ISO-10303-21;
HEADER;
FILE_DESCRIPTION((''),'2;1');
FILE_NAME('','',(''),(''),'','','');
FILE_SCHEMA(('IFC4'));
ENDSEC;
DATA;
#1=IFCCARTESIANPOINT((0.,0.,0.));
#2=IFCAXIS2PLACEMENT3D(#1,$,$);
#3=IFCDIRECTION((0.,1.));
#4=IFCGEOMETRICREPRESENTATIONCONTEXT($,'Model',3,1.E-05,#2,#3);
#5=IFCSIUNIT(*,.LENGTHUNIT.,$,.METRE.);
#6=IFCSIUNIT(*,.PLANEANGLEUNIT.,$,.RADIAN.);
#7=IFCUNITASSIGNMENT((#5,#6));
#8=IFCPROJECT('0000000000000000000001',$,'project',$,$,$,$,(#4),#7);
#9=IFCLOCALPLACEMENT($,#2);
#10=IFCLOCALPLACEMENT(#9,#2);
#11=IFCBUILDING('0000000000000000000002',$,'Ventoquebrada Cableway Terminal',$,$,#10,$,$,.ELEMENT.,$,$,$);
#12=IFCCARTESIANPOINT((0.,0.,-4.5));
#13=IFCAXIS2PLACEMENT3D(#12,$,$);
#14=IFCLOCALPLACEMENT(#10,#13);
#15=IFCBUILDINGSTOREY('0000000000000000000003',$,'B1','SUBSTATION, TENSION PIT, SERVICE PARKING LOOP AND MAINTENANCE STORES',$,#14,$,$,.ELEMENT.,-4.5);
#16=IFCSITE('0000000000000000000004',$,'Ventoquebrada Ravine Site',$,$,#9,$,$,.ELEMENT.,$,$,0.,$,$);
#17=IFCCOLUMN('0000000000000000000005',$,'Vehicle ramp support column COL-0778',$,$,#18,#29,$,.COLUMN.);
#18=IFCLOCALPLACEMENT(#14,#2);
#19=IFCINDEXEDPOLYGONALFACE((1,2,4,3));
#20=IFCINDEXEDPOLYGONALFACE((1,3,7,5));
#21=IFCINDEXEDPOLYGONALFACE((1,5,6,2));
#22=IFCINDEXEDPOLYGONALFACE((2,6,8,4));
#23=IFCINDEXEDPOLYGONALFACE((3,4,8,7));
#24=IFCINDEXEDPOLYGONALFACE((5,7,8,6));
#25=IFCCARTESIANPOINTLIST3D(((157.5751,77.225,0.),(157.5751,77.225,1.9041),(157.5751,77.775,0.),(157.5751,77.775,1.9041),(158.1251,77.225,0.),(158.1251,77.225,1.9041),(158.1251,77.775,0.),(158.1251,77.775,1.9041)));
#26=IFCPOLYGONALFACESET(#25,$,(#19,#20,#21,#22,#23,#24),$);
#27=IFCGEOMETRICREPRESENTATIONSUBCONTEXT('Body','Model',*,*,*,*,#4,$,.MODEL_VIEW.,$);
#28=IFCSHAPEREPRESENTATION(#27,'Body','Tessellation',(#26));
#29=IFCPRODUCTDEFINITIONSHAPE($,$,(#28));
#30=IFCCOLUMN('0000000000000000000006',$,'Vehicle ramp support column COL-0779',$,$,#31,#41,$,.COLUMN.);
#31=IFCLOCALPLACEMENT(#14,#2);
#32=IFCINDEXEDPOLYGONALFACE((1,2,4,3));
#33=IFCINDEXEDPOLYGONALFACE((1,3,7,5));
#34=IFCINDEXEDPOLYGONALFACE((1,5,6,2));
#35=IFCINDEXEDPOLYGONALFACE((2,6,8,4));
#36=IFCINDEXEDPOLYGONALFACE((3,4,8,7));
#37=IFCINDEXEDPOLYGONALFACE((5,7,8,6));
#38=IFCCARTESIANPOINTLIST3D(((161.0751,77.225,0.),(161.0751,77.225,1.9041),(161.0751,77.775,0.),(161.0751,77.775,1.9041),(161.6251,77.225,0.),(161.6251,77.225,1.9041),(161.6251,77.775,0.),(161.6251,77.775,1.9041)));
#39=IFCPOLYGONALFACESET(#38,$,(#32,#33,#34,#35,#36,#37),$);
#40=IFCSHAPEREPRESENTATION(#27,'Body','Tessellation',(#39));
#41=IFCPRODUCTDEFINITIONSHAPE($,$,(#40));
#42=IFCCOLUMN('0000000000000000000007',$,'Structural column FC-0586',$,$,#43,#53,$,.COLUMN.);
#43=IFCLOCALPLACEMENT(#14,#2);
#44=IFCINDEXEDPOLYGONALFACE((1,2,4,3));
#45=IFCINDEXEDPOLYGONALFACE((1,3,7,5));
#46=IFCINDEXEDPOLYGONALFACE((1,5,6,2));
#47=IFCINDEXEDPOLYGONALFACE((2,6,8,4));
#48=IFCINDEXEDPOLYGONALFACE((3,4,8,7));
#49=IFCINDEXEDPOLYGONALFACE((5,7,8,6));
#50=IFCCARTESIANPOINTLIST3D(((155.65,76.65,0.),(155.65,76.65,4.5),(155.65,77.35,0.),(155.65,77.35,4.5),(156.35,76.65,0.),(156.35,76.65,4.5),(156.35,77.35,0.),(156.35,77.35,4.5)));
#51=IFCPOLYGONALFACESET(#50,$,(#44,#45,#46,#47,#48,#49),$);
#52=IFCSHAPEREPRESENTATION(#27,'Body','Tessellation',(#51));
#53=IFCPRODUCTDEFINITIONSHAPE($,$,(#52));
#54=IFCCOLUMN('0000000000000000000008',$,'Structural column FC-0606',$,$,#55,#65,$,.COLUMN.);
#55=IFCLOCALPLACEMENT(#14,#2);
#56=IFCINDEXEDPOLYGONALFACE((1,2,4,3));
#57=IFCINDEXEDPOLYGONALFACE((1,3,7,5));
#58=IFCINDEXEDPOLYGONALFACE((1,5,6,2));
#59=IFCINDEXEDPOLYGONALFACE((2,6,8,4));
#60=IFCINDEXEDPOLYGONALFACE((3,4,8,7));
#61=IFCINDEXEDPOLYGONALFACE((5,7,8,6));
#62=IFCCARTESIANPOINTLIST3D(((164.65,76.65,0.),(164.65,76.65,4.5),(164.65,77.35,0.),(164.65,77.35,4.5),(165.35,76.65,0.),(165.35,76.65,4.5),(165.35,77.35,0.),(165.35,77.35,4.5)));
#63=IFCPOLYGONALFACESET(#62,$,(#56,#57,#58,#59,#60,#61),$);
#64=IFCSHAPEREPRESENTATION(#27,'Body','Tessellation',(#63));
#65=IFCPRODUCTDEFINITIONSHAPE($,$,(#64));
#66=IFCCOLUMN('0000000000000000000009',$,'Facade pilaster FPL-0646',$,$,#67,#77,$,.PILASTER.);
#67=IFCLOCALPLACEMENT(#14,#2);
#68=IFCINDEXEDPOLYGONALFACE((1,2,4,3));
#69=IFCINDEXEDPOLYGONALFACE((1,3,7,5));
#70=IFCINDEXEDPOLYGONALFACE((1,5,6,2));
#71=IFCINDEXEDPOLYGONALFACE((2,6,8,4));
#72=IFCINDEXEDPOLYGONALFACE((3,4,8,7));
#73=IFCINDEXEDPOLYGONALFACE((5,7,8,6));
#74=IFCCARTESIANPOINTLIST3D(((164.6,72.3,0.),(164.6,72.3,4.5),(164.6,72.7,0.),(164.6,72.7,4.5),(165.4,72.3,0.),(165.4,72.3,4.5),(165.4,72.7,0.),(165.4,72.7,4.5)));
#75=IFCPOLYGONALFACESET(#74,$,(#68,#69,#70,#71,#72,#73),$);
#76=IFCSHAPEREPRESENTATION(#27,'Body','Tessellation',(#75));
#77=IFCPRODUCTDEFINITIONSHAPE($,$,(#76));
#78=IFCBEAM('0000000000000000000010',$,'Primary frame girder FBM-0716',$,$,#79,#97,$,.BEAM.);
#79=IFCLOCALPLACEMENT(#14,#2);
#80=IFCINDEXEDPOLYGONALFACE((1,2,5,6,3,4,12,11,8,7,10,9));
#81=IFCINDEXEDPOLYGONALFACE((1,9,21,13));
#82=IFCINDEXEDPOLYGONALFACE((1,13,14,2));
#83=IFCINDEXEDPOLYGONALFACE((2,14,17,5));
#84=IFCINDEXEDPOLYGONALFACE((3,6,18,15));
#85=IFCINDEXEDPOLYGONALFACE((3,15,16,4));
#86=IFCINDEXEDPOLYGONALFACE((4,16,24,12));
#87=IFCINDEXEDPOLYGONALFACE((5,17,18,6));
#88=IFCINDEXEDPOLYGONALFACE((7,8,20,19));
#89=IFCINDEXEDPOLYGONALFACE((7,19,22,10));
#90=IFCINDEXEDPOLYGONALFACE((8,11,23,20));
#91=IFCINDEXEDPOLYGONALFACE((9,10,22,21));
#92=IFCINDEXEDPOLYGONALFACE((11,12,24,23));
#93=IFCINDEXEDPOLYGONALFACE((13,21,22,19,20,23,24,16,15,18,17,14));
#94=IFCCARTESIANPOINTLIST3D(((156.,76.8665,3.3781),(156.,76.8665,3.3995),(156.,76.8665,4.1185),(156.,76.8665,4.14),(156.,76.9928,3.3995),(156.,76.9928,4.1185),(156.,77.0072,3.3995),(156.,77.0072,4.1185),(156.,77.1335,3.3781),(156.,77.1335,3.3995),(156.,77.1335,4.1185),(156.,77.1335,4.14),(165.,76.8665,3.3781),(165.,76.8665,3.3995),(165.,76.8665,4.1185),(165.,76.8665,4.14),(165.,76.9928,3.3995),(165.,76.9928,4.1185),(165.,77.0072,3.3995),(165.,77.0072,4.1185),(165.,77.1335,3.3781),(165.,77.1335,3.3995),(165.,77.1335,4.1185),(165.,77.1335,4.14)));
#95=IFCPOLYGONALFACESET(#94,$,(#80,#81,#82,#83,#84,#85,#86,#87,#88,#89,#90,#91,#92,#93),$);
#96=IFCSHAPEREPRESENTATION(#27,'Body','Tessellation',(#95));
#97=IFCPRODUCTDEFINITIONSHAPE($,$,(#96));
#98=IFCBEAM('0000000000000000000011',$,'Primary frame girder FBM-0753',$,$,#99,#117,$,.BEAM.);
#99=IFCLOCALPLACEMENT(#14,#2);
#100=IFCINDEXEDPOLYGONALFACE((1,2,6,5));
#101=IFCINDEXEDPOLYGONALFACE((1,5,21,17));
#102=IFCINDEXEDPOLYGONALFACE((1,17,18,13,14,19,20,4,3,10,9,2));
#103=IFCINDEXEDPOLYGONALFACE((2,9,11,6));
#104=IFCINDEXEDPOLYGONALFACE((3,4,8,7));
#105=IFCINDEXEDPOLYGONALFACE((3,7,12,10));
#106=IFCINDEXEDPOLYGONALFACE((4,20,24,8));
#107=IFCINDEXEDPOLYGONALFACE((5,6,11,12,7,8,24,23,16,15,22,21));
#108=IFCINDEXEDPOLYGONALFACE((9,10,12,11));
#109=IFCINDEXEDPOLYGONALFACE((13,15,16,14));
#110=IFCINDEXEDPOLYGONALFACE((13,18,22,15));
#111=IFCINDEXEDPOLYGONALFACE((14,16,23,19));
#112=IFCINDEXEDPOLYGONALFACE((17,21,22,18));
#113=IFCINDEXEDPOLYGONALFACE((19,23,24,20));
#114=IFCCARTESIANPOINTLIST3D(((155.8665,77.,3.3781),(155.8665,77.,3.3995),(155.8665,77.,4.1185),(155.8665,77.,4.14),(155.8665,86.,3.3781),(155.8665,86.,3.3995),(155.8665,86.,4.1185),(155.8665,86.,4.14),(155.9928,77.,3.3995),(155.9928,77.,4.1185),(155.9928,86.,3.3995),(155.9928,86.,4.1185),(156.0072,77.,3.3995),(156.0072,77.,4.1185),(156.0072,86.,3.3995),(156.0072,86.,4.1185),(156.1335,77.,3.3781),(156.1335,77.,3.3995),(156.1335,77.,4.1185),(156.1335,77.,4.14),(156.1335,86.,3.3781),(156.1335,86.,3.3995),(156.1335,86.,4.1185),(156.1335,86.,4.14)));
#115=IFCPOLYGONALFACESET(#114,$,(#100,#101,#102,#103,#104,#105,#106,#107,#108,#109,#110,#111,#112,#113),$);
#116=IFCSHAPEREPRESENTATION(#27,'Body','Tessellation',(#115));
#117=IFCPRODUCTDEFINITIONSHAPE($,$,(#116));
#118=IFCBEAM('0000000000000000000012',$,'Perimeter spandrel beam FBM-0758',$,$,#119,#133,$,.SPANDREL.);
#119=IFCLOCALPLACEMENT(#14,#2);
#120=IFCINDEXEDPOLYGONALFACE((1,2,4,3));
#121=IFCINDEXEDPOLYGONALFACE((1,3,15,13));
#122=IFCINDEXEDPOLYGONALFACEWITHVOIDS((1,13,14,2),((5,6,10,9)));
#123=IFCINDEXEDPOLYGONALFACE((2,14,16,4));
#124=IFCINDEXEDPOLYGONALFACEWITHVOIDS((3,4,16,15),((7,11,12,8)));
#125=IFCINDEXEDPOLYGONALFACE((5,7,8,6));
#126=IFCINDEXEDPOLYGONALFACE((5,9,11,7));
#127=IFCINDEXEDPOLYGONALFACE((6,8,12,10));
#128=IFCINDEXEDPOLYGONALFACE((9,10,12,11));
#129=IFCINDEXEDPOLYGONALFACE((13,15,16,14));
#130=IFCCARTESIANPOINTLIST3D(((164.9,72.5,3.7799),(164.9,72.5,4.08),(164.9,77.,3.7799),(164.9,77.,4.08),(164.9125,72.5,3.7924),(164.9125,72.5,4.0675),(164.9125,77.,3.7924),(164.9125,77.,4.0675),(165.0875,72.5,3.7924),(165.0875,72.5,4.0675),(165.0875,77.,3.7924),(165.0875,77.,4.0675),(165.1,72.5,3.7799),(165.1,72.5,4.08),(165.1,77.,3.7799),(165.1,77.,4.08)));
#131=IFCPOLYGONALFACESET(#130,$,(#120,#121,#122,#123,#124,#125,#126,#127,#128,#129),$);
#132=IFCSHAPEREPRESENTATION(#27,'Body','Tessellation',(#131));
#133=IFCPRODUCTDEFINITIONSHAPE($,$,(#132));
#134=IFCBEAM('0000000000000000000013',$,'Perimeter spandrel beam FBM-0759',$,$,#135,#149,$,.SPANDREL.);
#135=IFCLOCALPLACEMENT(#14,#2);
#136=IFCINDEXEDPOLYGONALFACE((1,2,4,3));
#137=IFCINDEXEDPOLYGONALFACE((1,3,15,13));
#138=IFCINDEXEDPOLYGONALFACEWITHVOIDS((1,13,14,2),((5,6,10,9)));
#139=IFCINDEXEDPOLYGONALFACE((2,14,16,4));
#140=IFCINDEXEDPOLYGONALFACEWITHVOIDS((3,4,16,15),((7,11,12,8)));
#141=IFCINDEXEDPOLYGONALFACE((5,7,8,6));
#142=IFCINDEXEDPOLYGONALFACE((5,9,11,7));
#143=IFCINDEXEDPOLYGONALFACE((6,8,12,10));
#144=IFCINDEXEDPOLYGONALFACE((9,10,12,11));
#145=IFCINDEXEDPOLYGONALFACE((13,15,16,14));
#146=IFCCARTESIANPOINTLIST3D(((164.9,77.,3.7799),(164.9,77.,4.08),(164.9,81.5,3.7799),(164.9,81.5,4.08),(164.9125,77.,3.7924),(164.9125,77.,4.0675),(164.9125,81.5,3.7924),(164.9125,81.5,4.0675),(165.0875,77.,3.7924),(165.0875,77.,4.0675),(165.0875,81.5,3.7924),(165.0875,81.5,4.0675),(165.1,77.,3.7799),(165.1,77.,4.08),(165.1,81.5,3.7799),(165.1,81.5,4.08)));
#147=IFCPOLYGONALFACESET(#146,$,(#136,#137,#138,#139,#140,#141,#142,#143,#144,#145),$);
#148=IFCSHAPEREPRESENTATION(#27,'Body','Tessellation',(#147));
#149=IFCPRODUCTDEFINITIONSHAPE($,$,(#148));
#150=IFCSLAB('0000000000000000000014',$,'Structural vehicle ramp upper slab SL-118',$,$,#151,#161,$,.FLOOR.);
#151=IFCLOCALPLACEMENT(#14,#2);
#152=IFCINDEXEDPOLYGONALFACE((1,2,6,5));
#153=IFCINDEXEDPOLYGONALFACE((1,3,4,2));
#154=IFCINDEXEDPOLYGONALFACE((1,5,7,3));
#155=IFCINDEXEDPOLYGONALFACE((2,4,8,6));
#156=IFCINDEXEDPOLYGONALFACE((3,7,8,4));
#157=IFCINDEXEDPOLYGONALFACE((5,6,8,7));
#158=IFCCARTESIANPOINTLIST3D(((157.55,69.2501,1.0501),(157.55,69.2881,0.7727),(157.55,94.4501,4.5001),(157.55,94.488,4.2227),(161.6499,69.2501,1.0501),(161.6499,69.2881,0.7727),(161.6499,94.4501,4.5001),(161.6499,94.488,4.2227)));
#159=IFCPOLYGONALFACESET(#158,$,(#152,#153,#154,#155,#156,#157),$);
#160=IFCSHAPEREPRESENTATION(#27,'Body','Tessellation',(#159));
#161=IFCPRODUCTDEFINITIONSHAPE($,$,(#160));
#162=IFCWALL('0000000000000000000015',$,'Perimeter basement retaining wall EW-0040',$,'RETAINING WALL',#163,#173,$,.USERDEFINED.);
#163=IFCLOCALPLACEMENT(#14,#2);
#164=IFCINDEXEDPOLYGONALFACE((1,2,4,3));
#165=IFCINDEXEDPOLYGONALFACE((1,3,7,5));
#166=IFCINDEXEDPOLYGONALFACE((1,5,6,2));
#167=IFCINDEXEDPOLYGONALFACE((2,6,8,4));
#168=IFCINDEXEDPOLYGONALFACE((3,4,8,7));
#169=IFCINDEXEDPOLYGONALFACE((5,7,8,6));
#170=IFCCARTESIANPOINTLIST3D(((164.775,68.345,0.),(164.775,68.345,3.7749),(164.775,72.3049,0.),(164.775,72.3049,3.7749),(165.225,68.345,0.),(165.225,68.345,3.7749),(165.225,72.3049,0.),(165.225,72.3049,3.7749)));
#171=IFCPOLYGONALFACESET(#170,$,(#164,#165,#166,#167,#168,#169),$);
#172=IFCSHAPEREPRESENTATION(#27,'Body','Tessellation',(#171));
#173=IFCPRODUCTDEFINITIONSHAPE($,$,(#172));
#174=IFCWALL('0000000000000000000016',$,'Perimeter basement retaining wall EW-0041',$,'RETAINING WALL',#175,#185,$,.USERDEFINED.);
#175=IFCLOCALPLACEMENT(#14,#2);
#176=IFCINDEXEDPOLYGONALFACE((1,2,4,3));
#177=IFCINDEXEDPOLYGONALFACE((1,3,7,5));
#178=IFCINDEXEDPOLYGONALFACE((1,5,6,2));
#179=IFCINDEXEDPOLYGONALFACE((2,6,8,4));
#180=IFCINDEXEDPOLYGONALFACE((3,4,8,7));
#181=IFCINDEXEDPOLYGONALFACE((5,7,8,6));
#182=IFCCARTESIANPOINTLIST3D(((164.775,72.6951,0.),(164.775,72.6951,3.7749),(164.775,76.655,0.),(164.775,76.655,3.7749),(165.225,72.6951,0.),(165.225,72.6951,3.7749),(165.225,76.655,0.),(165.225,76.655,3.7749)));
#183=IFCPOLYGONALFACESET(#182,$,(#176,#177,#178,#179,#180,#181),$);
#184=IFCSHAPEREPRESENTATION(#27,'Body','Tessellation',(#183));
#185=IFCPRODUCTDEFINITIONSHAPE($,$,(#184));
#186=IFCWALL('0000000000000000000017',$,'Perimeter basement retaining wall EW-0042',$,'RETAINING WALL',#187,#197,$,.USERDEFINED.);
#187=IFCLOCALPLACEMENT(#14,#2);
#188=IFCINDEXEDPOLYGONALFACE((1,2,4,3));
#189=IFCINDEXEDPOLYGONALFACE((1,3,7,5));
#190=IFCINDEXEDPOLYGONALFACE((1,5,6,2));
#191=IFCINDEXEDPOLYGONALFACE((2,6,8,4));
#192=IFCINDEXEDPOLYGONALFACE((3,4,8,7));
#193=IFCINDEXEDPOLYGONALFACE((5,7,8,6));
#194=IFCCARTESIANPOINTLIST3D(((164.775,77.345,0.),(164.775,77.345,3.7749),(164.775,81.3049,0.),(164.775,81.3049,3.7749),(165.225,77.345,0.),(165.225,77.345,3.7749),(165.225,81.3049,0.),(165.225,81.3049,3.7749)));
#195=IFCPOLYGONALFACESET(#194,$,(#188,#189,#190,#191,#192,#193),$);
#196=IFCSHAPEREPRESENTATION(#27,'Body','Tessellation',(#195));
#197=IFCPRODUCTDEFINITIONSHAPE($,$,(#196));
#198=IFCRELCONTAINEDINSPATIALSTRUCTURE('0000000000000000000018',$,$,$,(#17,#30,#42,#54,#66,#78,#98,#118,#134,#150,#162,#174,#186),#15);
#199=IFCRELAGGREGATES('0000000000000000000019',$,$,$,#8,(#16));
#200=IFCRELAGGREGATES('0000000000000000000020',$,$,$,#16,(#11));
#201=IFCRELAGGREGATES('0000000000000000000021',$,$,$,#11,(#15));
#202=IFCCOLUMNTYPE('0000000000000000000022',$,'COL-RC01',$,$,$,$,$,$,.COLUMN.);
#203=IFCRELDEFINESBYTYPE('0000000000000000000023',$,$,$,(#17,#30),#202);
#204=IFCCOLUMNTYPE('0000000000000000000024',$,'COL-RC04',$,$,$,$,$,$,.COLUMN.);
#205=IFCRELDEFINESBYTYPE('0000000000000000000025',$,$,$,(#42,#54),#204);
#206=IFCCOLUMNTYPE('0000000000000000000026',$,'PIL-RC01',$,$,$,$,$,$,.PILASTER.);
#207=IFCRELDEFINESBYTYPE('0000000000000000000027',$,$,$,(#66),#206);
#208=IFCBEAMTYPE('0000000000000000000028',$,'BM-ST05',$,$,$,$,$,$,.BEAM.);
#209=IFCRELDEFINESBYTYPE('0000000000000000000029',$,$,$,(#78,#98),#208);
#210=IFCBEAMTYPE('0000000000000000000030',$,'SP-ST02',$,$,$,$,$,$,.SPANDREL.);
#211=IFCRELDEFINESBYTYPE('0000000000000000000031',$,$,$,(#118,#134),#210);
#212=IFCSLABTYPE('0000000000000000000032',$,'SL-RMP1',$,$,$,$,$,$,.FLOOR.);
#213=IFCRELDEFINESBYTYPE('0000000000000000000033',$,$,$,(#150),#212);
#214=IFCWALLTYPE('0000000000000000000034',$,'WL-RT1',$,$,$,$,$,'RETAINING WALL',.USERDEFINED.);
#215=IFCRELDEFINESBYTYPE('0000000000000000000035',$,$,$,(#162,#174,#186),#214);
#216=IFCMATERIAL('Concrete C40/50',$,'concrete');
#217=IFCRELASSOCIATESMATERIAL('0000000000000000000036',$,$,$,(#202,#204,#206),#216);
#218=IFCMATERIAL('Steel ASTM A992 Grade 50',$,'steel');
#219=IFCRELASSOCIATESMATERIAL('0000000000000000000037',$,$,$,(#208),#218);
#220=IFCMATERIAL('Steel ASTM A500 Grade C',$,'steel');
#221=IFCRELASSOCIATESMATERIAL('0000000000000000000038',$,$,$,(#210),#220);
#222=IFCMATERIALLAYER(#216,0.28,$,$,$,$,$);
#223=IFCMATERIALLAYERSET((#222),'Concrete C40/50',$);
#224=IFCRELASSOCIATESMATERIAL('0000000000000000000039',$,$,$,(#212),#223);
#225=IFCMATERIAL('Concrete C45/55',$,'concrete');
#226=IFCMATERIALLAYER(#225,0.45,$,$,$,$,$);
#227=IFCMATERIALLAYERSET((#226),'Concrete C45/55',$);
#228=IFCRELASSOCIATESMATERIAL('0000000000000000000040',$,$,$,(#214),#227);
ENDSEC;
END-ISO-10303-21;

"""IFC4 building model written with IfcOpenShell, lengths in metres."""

from ifc_helpers import new_model, si_unit, direction, frame, frame_2d, origin, origin_2d, place, context, subcontext, project, spatial, polyline, rectangle, hollow_rectangle, i_section, outline, extrude, material, layer, layer_set, material_profile, profile_set, type_object, element, save


model = new_model("IFC4")

# Units and contexts
model_context = context("Model", 3, precision=1e-05, world=origin(), true_north=direction((0.0, 1.0)))
body_context = subcontext(model_context, "Body", "Model", "MODEL_VIEW")
ifc_project = project(units=[si_unit("LENGTHUNIT", "METRE"), si_unit("PLANEANGLEUNIT", "RADIAN")], contexts=[model_context])

# Site, building, storey
site_placement = place(None, origin())
site = spatial("IfcSite", under=ifc_project, at=site_placement, Name="Ventoquebrada Ravine Site", CompositionType="ELEMENT", RefElevation=0.0)
building_placement = place(site_placement, origin())
building = spatial("IfcBuilding", under=site, at=building_placement, Name="Ventoquebrada Cableway Terminal", CompositionType="ELEMENT")
storey_placement = place(building_placement, frame((0.0, 0.0, -4.5)))
storey = spatial("IfcBuildingStorey", under=building, at=storey_placement, Name="B1", Description="SUBSTATION, TENSION PIT, SERVICE PARKING LOOP AND MAINTENANCE STORES", CompositionType="ELEMENT", Elevation=-4.5)

# Shared definitions
ifc_material_1 = material(Name="Concrete C40/50", Category="concrete")

# Columns
ifc_material_profile_1 = material_profile(ifc_material_1, rectangle(XDim=0.55, YDim=0.55, at=origin_2d()), Name="RC-COL-550X550")
ifc_profile_set_1 = profile_set([ifc_material_profile_1], Name="Concrete C40/50")
column_type_1 = type_object("IfcColumnType", Name="COL-RC01", PredefinedType="COLUMN", material=ifc_profile_set_1)
for number, where, z_axis, x_axis, name in (
    (1, (157.8501, 77.5, 0.0), (0.0, 0.0, 1.0), (1.0, 0.0, 0.0), "Vehicle ramp support column COL-0778"),
    (2, (161.3501, 77.5, 0.0), (0.0, 0.0, 1.0), (1.0, 0.0, 0.0), "Vehicle ramp support column COL-0779"),
):
    element("IfcColumn", number, at=place(storey_placement, frame(where, z_axis=z_axis, x_axis=x_axis)), inside=storey, type_object=column_type_1, Name=name, PredefinedType="COLUMN", context=body_context, shape_type="SweptSolid", body=[
        extrude(rectangle(XDim=0.55, YDim=0.55, at=origin_2d()), origin(), (0.0, 0.0, 1.0), 1.9041),
    ])
ifc_material_profile_2 = material_profile(ifc_material_1, rectangle(XDim=0.7, YDim=0.7, at=origin_2d()), Name="RC-COL-700X700")
ifc_profile_set_2 = profile_set([ifc_material_profile_2], Name="Concrete C40/50")
column_type_2 = type_object("IfcColumnType", Name="COL-RC04", PredefinedType="COLUMN", material=ifc_profile_set_2)
for number, where, z_axis, x_axis, name in (
    (3, (156.0, 77.0, 0.0), (0.0, 0.0, 1.0), (1.0, 0.0, 0.0), "Structural column FC-0586"),
    (4, (165.0, 77.0, 0.0), (0.0, 0.0, 1.0), (1.0, 0.0, 0.0), "Structural column FC-0606"),
):
    element("IfcColumn", number, at=place(storey_placement, frame(where, z_axis=z_axis, x_axis=x_axis)), inside=storey, type_object=column_type_2, Name=name, PredefinedType="COLUMN", context=body_context, shape_type="SweptSolid", body=[
        extrude(rectangle(XDim=0.7, YDim=0.7, at=origin_2d()), origin(), (0.0, 0.0, 1.0), 4.5),
    ])
ifc_material_profile_3 = material_profile(ifc_material_1, rectangle(XDim=0.3999, YDim=0.8, at=origin_2d()), Name="RC-PIL-400X800")
ifc_profile_set_3 = profile_set([ifc_material_profile_3], Name="Concrete C40/50")
column_type_3 = type_object("IfcColumnType", Name="PIL-RC01", PredefinedType="PILASTER", material=ifc_profile_set_3)
column_placement = place(storey_placement, frame((165.0, 72.5, 0.0), z_axis=(0.0, 0.0, 1.0), x_axis=(0.0, 1.0, 0.0)))
element("IfcColumn", 5, at=column_placement, inside=storey, type_object=column_type_3, Name="Facade pilaster FPL-0646", PredefinedType="PILASTER", context=body_context, shape_type="SweptSolid", body=[
    extrude(rectangle(XDim=0.3999, YDim=0.8, at=origin_2d()), origin(), (0.0, 0.0, 1.0), 4.5),
])

# Beams
ifc_material_2 = material(Name="Steel ASTM A992 Grade 50", Category="steel")
ifc_material_profile_4 = material_profile(ifc_material_2, i_section(OverallWidth=0.2671, OverallDepth=0.762, WebThickness=0.0144, FlangeThickness=0.0215, at=origin_2d()), Name="W30X116")
ifc_profile_set_4 = profile_set([ifc_material_profile_4], Name="Steel ASTM A992 Grade 50")
beam_type_1 = type_object("IfcBeamType", Name="BM-ST05", PredefinedType="BEAM", material=ifc_profile_set_4)
for number, where, z_axis, x_axis, name in (
    (6, (156.0, 77.0, 3.759), (1.0, 0.0, 0.0), (0.0, 1.0, 0.0), "Primary frame girder FBM-0716"),
    (7, (156.0, 77.0, 3.759), (0.0, 1.0, 0.0), (-1.0, 0.0, 0.0), "Primary frame girder FBM-0753"),
):
    element("IfcBeam", number, at=place(storey_placement, frame(where, z_axis=z_axis, x_axis=x_axis)), inside=storey, type_object=beam_type_1, Name=name, PredefinedType="BEAM", context=body_context, shape_type="SweptSolid", body=[
        extrude(i_section(OverallWidth=0.2671, OverallDepth=0.762, WebThickness=0.0144, FlangeThickness=0.0215, at=origin_2d()), origin(), (0.0, 0.0, 1.0), 9.0),
    ])
ifc_material_3 = material(Name="Steel ASTM A500 Grade C", Category="steel")
ifc_material_profile_5 = material_profile(ifc_material_3, hollow_rectangle(XDim=0.2, YDim=0.3, WallThickness=0.0125, at=origin_2d()), Name="RHS300X200X12.5")
ifc_profile_set_5 = profile_set([ifc_material_profile_5], Name="Steel ASTM A500 Grade C")
beam_type_2 = type_object("IfcBeamType", Name="SP-ST02", PredefinedType="SPANDREL", material=ifc_profile_set_5)
for number, where, z_axis, x_axis, name in (
    (8, (165.0, 72.5, 3.9299), (0.0, 1.0, 0.0), (-1.0, 0.0, 0.0), "Perimeter spandrel beam FBM-0758"),
    (9, (165.0, 77.0, 3.9299), (0.0, 1.0, 0.0), (-1.0, 0.0, 0.0), "Perimeter spandrel beam FBM-0759"),
):
    element("IfcBeam", number, at=place(storey_placement, frame(where, z_axis=z_axis, x_axis=x_axis)), inside=storey, type_object=beam_type_2, Name=name, PredefinedType="SPANDREL", context=body_context, shape_type="SweptSolid", body=[
        extrude(hollow_rectangle(XDim=0.2, YDim=0.3, WallThickness=0.0125, at=origin_2d()), origin(), (0.0, 0.0, 1.0), 4.5),
    ])

# Slab
ifc_layer_1 = layer(ifc_material_1, 0.28)
ifc_layer_set_1 = layer_set([ifc_layer_1], Name="Concrete C40/50")
slab_type = type_object("IfcSlabType", Name="SL-RMP1", PredefinedType="FLOOR", material=ifc_layer_set_1)
slab_placement = place(storey_placement, frame((157.55, 69.2881, 0.7727), z_axis=(0.0, -0.135638, 0.990758), x_axis=(1.0, 0.0, 0.0)))
element("IfcSlab", 10, at=slab_placement, inside=storey, type_object=slab_type, Name="Structural vehicle ramp upper slab SL-118", PredefinedType="FLOOR", context=body_context, shape_type="SweptSolid", body=[
    extrude(outline(polyline([(0.0, 0.0), (4.0999, 0.0), (4.0999, 25.435), (0.0, 25.435), (0.0, 0.0)])), origin(), (0.0, 0.0, 1.0), 0.28),
])

# Walls
ifc_material_4 = material(Name="Concrete C45/55", Category="concrete")
ifc_layer_2 = layer(ifc_material_4, 0.45)
ifc_layer_set_2 = layer_set([ifc_layer_2], Name="Concrete C45/55")
wall_type = type_object("IfcWallType", Name="WL-RT1", ElementType="RETAINING WALL", PredefinedType="USERDEFINED", material=ifc_layer_set_2)
for number, where, z_axis, x_axis, name in (
    (11, (165.0, 68.345, 0.0), (0.0, 0.0, 1.0), (0.0, 1.0, 0.0), "Perimeter basement retaining wall EW-0040"),
    (12, (165.0, 72.6951, 0.0), (0.0, 0.0, 1.0), (0.0, 1.0, 0.0), "Perimeter basement retaining wall EW-0041"),
    (13, (165.0, 77.345, 0.0), (0.0, 0.0, 1.0), (0.0, 1.0, 0.0), "Perimeter basement retaining wall EW-0042"),
):
    element("IfcWall", number, at=place(storey_placement, frame(where, z_axis=z_axis, x_axis=x_axis)), inside=storey, type_object=wall_type, Name=name, ObjectType="RETAINING WALL", PredefinedType="USERDEFINED", context=body_context, shape_type="SweptSolid", body=[
        extrude(rectangle(XDim=3.96, YDim=0.45, at=frame_2d((1.98, 0.0))), origin(), (0.0, 0.0, 1.0), 3.7749),
    ])

save(model, "model.ifc")
